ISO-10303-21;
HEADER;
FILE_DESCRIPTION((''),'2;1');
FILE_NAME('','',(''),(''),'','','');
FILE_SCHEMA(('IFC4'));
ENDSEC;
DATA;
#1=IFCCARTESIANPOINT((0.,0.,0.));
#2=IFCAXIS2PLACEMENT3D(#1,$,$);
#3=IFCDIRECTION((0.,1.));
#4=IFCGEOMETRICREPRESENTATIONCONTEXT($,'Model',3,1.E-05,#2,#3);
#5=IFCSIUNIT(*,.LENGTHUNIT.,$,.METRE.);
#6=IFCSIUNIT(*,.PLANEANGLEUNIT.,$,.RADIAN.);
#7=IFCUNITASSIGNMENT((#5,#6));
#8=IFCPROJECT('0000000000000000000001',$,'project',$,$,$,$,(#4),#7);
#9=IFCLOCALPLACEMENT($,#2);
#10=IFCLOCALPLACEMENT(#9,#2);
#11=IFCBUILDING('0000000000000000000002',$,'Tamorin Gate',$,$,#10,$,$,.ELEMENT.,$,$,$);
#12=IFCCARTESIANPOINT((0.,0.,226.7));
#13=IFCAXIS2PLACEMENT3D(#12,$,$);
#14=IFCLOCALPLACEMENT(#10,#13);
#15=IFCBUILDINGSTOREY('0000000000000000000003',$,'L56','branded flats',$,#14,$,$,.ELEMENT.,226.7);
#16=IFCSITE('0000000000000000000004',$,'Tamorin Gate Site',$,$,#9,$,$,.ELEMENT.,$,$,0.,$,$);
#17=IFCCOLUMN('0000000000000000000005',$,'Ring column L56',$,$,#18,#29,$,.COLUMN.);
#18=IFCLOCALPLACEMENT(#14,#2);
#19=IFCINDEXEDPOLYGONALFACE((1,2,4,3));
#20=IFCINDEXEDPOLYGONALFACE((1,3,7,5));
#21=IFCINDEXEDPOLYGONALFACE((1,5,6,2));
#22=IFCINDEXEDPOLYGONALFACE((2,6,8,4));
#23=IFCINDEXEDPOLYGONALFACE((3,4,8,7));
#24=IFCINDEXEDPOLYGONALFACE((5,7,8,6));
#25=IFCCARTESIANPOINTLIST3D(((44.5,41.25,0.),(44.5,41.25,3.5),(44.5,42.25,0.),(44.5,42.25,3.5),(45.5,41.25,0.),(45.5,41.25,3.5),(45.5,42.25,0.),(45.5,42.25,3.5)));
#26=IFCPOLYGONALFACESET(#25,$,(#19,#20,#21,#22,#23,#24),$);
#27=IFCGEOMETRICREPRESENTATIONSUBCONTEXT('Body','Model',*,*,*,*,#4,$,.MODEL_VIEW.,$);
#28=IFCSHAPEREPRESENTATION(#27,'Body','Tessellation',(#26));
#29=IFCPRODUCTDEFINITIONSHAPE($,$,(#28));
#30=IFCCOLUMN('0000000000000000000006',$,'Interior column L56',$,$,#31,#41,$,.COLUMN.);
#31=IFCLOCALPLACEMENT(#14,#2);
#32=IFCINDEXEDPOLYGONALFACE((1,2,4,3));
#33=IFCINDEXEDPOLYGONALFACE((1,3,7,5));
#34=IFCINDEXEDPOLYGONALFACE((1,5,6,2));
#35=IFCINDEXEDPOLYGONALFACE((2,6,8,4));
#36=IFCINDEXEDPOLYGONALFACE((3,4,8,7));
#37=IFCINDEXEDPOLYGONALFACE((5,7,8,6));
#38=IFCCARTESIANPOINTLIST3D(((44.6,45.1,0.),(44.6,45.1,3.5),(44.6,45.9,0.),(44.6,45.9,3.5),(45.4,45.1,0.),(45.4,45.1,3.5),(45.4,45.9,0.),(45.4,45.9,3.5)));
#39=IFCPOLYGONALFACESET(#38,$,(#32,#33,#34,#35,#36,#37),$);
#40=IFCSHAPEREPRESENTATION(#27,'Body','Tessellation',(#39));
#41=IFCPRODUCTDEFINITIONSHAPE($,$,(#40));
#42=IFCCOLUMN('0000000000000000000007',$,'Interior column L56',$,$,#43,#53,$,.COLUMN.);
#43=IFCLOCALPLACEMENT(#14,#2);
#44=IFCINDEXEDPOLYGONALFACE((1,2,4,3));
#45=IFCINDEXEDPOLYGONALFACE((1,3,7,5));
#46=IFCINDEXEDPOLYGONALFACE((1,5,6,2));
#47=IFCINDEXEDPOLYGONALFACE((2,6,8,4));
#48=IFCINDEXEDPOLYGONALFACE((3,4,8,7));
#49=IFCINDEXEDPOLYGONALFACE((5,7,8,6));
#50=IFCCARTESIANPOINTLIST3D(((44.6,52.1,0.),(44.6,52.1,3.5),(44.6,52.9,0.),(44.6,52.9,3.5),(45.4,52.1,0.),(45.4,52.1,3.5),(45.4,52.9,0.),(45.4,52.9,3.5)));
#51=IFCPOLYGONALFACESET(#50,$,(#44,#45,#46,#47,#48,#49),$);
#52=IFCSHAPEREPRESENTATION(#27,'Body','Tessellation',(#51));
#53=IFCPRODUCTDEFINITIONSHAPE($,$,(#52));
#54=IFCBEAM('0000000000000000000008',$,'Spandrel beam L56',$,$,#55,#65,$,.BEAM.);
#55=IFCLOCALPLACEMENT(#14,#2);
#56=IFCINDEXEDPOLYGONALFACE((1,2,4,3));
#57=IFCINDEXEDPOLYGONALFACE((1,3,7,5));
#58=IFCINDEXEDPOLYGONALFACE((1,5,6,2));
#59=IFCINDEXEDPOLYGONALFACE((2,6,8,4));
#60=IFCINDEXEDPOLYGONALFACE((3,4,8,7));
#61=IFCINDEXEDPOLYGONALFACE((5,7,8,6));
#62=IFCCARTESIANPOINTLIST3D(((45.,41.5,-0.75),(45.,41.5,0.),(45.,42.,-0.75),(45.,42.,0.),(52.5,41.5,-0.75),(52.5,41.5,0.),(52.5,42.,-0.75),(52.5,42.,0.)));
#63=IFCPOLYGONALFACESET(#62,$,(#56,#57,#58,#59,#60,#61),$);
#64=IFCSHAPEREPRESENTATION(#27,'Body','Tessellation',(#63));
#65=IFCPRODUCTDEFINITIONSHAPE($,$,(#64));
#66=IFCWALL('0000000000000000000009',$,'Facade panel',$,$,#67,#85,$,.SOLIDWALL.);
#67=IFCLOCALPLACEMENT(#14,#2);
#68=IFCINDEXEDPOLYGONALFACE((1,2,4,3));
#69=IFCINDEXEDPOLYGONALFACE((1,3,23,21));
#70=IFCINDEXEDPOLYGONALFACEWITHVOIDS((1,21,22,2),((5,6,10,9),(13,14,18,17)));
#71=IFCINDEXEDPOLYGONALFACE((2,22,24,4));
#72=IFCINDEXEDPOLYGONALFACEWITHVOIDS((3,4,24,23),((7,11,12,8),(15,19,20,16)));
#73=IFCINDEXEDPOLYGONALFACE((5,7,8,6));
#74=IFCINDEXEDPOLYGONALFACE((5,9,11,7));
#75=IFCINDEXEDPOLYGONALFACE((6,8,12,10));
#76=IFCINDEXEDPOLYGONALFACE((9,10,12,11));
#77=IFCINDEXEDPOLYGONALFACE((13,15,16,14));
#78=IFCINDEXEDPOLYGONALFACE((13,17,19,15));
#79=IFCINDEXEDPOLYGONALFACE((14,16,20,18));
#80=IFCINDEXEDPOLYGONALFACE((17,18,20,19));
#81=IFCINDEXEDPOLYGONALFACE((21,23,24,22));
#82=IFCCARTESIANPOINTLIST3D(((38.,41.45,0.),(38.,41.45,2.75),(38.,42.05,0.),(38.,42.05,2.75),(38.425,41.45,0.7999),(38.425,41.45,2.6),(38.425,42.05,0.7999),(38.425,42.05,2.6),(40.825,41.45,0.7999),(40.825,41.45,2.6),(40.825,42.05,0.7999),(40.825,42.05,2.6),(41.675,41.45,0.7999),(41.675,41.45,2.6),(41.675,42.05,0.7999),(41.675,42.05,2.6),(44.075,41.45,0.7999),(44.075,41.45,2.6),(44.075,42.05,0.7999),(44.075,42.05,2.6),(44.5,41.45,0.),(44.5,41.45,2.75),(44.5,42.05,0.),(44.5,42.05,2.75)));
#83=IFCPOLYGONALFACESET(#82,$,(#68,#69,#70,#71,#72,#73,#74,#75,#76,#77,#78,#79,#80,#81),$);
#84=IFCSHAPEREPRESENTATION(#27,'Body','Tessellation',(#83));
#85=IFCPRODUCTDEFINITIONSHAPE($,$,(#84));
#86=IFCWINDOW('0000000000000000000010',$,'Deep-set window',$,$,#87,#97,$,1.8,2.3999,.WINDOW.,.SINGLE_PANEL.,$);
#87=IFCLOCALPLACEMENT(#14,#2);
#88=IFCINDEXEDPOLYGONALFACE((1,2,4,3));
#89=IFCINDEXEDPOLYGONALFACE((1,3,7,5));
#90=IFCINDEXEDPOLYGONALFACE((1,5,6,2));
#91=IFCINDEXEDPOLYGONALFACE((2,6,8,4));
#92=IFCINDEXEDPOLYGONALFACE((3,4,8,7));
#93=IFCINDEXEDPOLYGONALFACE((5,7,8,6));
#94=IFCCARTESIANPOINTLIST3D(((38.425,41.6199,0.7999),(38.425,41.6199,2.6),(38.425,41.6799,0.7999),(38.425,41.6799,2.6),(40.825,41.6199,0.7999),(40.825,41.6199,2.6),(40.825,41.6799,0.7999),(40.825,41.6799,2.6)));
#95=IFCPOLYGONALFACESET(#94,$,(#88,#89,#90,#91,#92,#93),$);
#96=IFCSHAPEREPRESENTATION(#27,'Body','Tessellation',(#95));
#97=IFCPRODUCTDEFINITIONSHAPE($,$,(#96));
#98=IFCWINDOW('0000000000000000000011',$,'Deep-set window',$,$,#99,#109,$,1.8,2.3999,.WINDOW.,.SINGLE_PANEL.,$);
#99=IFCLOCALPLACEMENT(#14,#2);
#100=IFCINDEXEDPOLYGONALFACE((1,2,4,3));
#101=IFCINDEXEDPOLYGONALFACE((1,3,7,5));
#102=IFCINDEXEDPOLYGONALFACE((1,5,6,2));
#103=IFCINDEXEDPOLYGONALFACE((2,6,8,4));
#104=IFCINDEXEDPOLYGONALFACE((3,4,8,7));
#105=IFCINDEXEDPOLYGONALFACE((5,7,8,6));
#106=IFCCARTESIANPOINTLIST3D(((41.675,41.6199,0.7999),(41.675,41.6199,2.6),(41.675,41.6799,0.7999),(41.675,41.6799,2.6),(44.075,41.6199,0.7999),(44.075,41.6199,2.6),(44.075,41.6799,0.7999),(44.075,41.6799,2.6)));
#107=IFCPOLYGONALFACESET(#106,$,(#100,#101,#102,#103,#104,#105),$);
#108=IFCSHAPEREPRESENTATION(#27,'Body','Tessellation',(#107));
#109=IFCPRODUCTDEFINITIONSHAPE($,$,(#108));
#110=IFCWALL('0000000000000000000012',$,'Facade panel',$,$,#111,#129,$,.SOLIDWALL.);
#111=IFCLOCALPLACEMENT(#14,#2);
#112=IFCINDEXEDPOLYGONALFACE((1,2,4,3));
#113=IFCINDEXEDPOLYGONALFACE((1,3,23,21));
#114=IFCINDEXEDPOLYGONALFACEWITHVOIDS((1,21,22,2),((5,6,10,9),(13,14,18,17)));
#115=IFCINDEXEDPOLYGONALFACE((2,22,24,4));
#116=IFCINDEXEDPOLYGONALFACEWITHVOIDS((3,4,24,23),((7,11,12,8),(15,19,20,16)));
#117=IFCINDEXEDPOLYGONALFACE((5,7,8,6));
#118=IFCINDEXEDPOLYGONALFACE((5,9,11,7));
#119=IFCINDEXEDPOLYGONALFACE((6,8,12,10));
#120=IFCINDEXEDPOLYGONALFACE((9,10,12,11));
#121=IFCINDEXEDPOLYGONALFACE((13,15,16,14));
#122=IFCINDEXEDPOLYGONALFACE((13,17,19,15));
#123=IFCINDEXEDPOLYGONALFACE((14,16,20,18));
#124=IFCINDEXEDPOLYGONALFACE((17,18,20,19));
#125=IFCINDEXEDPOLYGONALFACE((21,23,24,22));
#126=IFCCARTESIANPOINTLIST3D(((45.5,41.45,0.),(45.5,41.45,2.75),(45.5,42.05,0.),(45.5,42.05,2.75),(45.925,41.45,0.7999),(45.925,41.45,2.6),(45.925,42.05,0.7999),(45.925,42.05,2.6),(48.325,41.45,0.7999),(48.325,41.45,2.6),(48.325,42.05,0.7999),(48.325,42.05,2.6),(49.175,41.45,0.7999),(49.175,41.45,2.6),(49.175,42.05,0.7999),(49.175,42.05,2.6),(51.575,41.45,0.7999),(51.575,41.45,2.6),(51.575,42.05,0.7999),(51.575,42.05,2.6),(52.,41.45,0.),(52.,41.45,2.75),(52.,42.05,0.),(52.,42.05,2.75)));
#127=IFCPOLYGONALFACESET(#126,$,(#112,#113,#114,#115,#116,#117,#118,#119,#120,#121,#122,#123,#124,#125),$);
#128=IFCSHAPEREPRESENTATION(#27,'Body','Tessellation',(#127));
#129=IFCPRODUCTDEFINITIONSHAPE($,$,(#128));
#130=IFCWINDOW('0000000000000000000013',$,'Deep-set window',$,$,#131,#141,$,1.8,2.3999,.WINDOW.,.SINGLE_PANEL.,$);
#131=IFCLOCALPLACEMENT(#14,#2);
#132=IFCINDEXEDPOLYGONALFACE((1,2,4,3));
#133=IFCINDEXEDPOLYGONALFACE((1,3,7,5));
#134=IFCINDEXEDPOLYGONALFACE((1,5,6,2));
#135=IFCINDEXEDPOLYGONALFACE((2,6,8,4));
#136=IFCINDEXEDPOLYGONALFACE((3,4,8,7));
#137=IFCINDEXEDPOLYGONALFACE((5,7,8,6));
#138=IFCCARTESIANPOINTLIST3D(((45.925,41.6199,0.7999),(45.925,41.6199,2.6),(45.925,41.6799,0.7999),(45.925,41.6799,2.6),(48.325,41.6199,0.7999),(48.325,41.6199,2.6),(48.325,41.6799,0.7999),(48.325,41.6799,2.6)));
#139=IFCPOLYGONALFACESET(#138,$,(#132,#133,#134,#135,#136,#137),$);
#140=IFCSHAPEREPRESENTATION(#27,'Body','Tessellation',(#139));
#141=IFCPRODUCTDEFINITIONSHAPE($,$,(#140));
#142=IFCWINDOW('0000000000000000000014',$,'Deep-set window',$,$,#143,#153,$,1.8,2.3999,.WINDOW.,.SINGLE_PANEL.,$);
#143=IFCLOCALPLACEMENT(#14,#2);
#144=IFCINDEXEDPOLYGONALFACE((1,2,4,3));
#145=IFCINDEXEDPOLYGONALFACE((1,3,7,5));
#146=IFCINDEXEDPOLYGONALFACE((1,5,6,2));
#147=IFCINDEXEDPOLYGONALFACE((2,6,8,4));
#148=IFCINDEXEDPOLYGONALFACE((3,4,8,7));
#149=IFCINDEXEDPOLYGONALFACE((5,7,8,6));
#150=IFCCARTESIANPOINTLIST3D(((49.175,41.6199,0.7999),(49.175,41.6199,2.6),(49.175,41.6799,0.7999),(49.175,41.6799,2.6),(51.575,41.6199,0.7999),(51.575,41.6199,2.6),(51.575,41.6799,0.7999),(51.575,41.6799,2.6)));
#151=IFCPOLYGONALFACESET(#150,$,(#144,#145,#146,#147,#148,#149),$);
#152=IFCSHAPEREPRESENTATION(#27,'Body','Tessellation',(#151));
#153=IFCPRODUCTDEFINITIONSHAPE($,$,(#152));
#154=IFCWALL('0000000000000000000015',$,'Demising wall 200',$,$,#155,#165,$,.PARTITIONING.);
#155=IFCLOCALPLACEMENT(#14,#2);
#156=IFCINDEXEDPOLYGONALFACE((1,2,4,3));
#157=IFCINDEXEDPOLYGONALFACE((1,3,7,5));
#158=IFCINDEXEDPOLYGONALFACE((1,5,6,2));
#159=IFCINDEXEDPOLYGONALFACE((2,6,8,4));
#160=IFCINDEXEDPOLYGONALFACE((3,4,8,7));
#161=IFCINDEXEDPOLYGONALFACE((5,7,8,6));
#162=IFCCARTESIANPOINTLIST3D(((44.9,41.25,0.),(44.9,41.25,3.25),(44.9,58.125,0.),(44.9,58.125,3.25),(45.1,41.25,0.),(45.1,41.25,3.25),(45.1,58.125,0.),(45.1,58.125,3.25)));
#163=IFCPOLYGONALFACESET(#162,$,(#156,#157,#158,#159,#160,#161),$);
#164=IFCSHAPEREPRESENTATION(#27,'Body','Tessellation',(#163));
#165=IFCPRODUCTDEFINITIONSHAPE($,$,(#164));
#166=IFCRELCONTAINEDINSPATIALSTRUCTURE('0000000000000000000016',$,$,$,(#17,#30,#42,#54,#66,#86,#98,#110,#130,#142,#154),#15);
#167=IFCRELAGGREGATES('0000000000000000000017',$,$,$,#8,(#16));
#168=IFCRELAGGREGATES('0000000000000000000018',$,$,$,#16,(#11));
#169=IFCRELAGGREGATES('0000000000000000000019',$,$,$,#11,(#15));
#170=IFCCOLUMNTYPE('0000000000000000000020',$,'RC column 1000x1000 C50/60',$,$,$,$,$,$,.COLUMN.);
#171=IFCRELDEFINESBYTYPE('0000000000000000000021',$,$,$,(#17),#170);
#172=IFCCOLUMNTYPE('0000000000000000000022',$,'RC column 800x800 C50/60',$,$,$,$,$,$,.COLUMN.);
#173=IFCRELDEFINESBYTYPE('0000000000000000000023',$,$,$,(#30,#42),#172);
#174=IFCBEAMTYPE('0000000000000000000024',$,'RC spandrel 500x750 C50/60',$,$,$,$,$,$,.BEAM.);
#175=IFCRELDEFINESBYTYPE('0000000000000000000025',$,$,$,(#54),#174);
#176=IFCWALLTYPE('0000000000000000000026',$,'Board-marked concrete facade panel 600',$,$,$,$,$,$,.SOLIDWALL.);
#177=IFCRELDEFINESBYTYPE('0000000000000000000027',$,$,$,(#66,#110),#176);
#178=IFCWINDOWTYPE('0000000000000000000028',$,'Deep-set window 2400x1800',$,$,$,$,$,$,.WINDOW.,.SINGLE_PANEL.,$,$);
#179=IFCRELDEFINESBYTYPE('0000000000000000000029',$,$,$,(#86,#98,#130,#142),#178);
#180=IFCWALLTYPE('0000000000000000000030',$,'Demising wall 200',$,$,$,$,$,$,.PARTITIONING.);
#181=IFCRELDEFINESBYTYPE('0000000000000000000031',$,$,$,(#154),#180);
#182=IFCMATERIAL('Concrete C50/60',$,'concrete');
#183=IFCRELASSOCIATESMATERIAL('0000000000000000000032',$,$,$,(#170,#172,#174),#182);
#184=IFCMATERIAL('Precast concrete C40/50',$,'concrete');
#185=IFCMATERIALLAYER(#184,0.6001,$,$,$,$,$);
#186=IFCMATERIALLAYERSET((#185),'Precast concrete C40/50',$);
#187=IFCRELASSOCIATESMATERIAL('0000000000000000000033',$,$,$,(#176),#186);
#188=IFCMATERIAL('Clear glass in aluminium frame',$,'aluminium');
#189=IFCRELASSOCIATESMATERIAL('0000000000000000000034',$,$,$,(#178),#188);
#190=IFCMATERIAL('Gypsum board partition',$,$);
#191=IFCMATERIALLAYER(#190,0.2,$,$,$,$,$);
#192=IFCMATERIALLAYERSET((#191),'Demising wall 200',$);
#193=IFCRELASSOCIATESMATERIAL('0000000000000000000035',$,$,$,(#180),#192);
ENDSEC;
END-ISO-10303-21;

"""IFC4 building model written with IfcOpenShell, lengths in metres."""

from ifc_helpers import new_model, si_unit, direction, frame, frame_2d, origin, origin_2d, place, context, subcontext, project, spatial, rectangle, extrude, material, layer, layer_set, material_profile, profile_set, type_object, element, fill, save


model = new_model("IFC4")

# Units and contexts
model_context = context("Model", 3, precision=1e-05, world=origin(), true_north=direction((0.0, 1.0)))
body_context = subcontext(model_context, "Body", "Model", "MODEL_VIEW")
ifc_project = project(units=[si_unit("LENGTHUNIT", "METRE"), si_unit("PLANEANGLEUNIT", "RADIAN")], contexts=[model_context])

# Site, building, storey
site_placement = place(None, origin())
site = spatial("IfcSite", under=ifc_project, at=site_placement, Name="Tamorin Gate Site", CompositionType="ELEMENT", RefElevation=0.0)
building_placement = place(site_placement, origin())
building = spatial("IfcBuilding", under=site, at=building_placement, Name="Tamorin Gate", CompositionType="ELEMENT")
storey_placement = place(building_placement, frame((0.0, 0.0, 226.7)))
storey = spatial("IfcBuildingStorey", under=building, at=storey_placement, Name="L56", Description="branded flats", CompositionType="ELEMENT", Elevation=226.7)

# Columns
ifc_material_1 = material(Name="Concrete C50/60", Category="concrete")
ifc_material_profile_1 = material_profile(ifc_material_1, rectangle(XDim=1.0, YDim=1.0, at=origin_2d()), Name="RC 1000x1000")
ifc_profile_set_1 = profile_set([ifc_material_profile_1], Name="Concrete C50/60")
column_type_1 = type_object("IfcColumnType", Name="RC column 1000x1000 C50/60", PredefinedType="COLUMN", material=ifc_profile_set_1)
column_placement = place(storey_placement, frame((45.0, 41.75, 0.0), z_axis=(0.0, 0.0, 1.0), x_axis=(1.0, 0.0, 0.0)))
element("IfcColumn", 1, at=column_placement, inside=storey, type_object=column_type_1, Name="Ring column L56", PredefinedType="COLUMN", context=body_context, shape_type="SweptSolid", body=[
    extrude(rectangle(XDim=1.0, YDim=1.0, at=origin_2d()), origin(), (0.0, 0.0, 1.0), 3.5),
])
ifc_material_profile_2 = material_profile(ifc_material_1, rectangle(XDim=0.8, YDim=0.8, at=origin_2d()), Name="RC 800x800")
ifc_profile_set_2 = profile_set([ifc_material_profile_2], Name="Concrete C50/60")
column_type_2 = type_object("IfcColumnType", Name="RC column 800x800 C50/60", PredefinedType="COLUMN", material=ifc_profile_set_2)
for number, where, z_axis, x_axis, name in (
    (2, (45.0, 45.5, 0.0), (0.0, 0.0, 1.0), (1.0, 0.0, 0.0), "Interior column L56"),
    (3, (45.0, 52.5, 0.0), (0.0, 0.0, 1.0), (1.0, 0.0, 0.0), "Interior column L56"),
):
    element("IfcColumn", number, at=place(storey_placement, frame(where, z_axis=z_axis, x_axis=x_axis)), inside=storey, type_object=column_type_2, Name=name, PredefinedType="COLUMN", context=body_context, shape_type="SweptSolid", body=[
        extrude(rectangle(XDim=0.8, YDim=0.8, at=origin_2d()), origin(), (0.0, 0.0, 1.0), 3.5),
    ])

# Beam
ifc_material_profile_3 = material_profile(ifc_material_1, rectangle(XDim=0.5, YDim=0.75, at=origin_2d()), Name="RC 500x750")
ifc_profile_set_3 = profile_set([ifc_material_profile_3], Name="Concrete C50/60")
beam_type = type_object("IfcBeamType", Name="RC spandrel 500x750 C50/60", PredefinedType="BEAM", material=ifc_profile_set_3)
beam_placement = place(storey_placement, frame((45.0, 41.75, -0.375), z_axis=(1.0, 0.0, 0.0), x_axis=(0.0, 1.0, 0.0)))
element("IfcBeam", 4, at=beam_placement, inside=storey, type_object=beam_type, Name="Spandrel beam L56", PredefinedType="BEAM", context=body_context, shape_type="SweptSolid", body=[
    extrude(rectangle(XDim=0.5, YDim=0.75, at=origin_2d()), origin(), (0.0, 0.0, 1.0), 7.5),
])

# Walls, openings, windows
ifc_material_2 = material(Name="Precast concrete C40/50", Category="concrete")
ifc_layer_1 = layer(ifc_material_2, 0.6001)
ifc_layer_set_1 = layer_set([ifc_layer_1], Name="Precast concrete C40/50")
wall_type_1 = type_object("IfcWallType", Name="Board-marked concrete facade panel 600", PredefinedType="SOLIDWALL", material=ifc_layer_set_1)
wall_1_placement = place(storey_placement, frame((38.0, 41.75, 0.0), z_axis=(0.0, 0.0, 1.0), x_axis=(1.0, 0.0, 0.0)))
wall_1 = element("IfcWall", 5, at=wall_1_placement, inside=storey, type_object=wall_type_1, Name="Facade panel", PredefinedType="SOLIDWALL", context=body_context, shape_type="SweptSolid", body=[
    extrude(rectangle(XDim=6.5, YDim=0.6001, at=frame_2d((3.25, 0.0))), origin(), (0.0, 0.0, 1.0), 2.75),
])
opening_1_placement = place(wall_1_placement, frame((0.425, 0.0, 0.8)))
opening_1 = element("IfcOpeningElement", 6, at=opening_1_placement, cuts=wall_1, PredefinedType="OPENING", context=body_context, shape_type="SweptSolid", body=[
    extrude(rectangle(XDim=2.3999, YDim=1.8, at=frame_2d((1.2, 0.8999))), frame((0.0, 0.3101, 0.0), z_axis=(0.0, -1.0, 0.0), x_axis=(1.0, 0.0, 0.0)), (0.0, 0.0, 1.0), 0.6201),
])
opening_2_placement = place(wall_1_placement, frame((3.675, 0.0, 0.8)))
opening_2 = element("IfcOpeningElement", 7, at=opening_2_placement, cuts=wall_1, PredefinedType="OPENING", context=body_context, shape_type="SweptSolid", body=[
    extrude(rectangle(XDim=2.3999, YDim=1.8, at=frame_2d((1.2, 0.8999))), frame((0.0, 0.3101, 0.0), z_axis=(0.0, -1.0, 0.0), x_axis=(1.0, 0.0, 0.0)), (0.0, 0.0, 1.0), 0.6201),
])
ifc_material_3 = material(Name="Clear glass in aluminium frame", Category="aluminium")
window_type = type_object("IfcWindowType", Name="Deep-set window 2400x1800", PartitioningType="SINGLE_PANEL", PredefinedType="WINDOW", material=ifc_material_3)
window_1_placement = place(opening_1_placement, origin())
window_1 = element("IfcWindow", 8, at=window_1_placement, inside=storey, type_object=window_type, Name="Deep-set window", OverallHeight=1.8, OverallWidth=2.3999, PartitioningType="SINGLE_PANEL", PredefinedType="WINDOW", context=body_context, shape_type="SweptSolid", body=[
    extrude(rectangle(XDim=2.3999, YDim=1.8, at=frame_2d((1.2, 0.8999))), frame((0.0, -0.0701, 0.0), z_axis=(0.0, -1.0, 0.0), x_axis=(1.0, 0.0, 0.0)), (0.0, 0.0, 1.0), 0.0601),
])
fill(opening_1, window_1)
window_2_placement = place(opening_2_placement, origin())
window_2 = element("IfcWindow", 9, at=window_2_placement, inside=storey, type_object=window_type, Name="Deep-set window", OverallHeight=1.8, OverallWidth=2.3999, PartitioningType="SINGLE_PANEL", PredefinedType="WINDOW", context=body_context, shape_type="SweptSolid", body=[
    extrude(rectangle(XDim=2.3999, YDim=1.8, at=frame_2d((1.2, 0.8999))), frame((0.0, -0.0701, 0.0), z_axis=(0.0, -1.0, 0.0), x_axis=(1.0, 0.0, 0.0)), (0.0, 0.0, 1.0), 0.0601),
])
fill(opening_2, window_2)
wall_2_placement = place(storey_placement, frame((45.5, 41.75, 0.0), z_axis=(0.0, 0.0, 1.0), x_axis=(1.0, 0.0, 0.0)))
wall_2 = element("IfcWall", 10, at=wall_2_placement, inside=storey, type_object=wall_type_1, Name="Facade panel", PredefinedType="SOLIDWALL", context=body_context, shape_type="SweptSolid", body=[
    extrude(rectangle(XDim=6.5, YDim=0.6001, at=frame_2d((3.25, 0.0))), origin(), (0.0, 0.0, 1.0), 2.75),
])
opening_3_placement = place(wall_2_placement, frame((0.425, 0.0, 0.8)))
opening_3 = element("IfcOpeningElement", 11, at=opening_3_placement, cuts=wall_2, PredefinedType="OPENING", context=body_context, shape_type="SweptSolid", body=[
    extrude(rectangle(XDim=2.3999, YDim=1.8, at=frame_2d((1.2, 0.8999))), frame((0.0, 0.3101, 0.0), z_axis=(0.0, -1.0, 0.0), x_axis=(1.0, 0.0, 0.0)), (0.0, 0.0, 1.0), 0.6201),
])
opening_4_placement = place(wall_2_placement, frame((3.675, 0.0, 0.8)))
opening_4 = element("IfcOpeningElement", 12, at=opening_4_placement, cuts=wall_2, PredefinedType="OPENING", context=body_context, shape_type="SweptSolid", body=[
    extrude(rectangle(XDim=2.3999, YDim=1.8, at=frame_2d((1.2, 0.8999))), frame((0.0, 0.3101, 0.0), z_axis=(0.0, -1.0, 0.0), x_axis=(1.0, 0.0, 0.0)), (0.0, 0.0, 1.0), 0.6201),
])
window_3_placement = place(opening_3_placement, origin())
window_3 = element("IfcWindow", 13, at=window_3_placement, inside=storey, type_object=window_type, Name="Deep-set window", OverallHeight=1.8, OverallWidth=2.3999, PartitioningType="SINGLE_PANEL", PredefinedType="WINDOW", context=body_context, shape_type="SweptSolid", body=[
    extrude(rectangle(XDim=2.3999, YDim=1.8, at=frame_2d((1.2, 0.8999))), frame((0.0, -0.0701, 0.0), z_axis=(0.0, -1.0, 0.0), x_axis=(1.0, 0.0, 0.0)), (0.0, 0.0, 1.0), 0.0601),
])
fill(opening_3, window_3)
window_4_placement = place(opening_4_placement, origin())
window_4 = element("IfcWindow", 14, at=window_4_placement, inside=storey, type_object=window_type, Name="Deep-set window", OverallHeight=1.8, OverallWidth=2.3999, PartitioningType="SINGLE_PANEL", PredefinedType="WINDOW", context=body_context, shape_type="SweptSolid", body=[
    extrude(rectangle(XDim=2.3999, YDim=1.8, at=frame_2d((1.2, 0.8999))), frame((0.0, -0.0701, 0.0), z_axis=(0.0, -1.0, 0.0), x_axis=(1.0, 0.0, 0.0)), (0.0, 0.0, 1.0), 0.0601),
])
fill(opening_4, window_4)

# Wall
ifc_material_4 = material(Name="Gypsum board partition")
ifc_layer_2 = layer(ifc_material_4, 0.2)
ifc_layer_set_2 = layer_set([ifc_layer_2], Name="Demising wall 200")
wall_type_2 = type_object("IfcWallType", Name="Demising wall 200", PredefinedType="PARTITIONING", material=ifc_layer_set_2)
wall_3_placement = place(storey_placement, frame((45.0, 41.25, 0.0), z_axis=(0.0, 0.0, 1.0), x_axis=(0.0, 1.0, 0.0)))
element("IfcWall", 15, at=wall_3_placement, inside=storey, type_object=wall_type_2, Name="Demising wall 200", PredefinedType="PARTITIONING", context=body_context, shape_type="SweptSolid", body=[
    extrude(rectangle(XDim=16.875, YDim=0.2, at=frame_2d((8.4375, 0.0))), origin(), (0.0, 0.0, 1.0), 3.25),
])

save(model, "model.ifc")
